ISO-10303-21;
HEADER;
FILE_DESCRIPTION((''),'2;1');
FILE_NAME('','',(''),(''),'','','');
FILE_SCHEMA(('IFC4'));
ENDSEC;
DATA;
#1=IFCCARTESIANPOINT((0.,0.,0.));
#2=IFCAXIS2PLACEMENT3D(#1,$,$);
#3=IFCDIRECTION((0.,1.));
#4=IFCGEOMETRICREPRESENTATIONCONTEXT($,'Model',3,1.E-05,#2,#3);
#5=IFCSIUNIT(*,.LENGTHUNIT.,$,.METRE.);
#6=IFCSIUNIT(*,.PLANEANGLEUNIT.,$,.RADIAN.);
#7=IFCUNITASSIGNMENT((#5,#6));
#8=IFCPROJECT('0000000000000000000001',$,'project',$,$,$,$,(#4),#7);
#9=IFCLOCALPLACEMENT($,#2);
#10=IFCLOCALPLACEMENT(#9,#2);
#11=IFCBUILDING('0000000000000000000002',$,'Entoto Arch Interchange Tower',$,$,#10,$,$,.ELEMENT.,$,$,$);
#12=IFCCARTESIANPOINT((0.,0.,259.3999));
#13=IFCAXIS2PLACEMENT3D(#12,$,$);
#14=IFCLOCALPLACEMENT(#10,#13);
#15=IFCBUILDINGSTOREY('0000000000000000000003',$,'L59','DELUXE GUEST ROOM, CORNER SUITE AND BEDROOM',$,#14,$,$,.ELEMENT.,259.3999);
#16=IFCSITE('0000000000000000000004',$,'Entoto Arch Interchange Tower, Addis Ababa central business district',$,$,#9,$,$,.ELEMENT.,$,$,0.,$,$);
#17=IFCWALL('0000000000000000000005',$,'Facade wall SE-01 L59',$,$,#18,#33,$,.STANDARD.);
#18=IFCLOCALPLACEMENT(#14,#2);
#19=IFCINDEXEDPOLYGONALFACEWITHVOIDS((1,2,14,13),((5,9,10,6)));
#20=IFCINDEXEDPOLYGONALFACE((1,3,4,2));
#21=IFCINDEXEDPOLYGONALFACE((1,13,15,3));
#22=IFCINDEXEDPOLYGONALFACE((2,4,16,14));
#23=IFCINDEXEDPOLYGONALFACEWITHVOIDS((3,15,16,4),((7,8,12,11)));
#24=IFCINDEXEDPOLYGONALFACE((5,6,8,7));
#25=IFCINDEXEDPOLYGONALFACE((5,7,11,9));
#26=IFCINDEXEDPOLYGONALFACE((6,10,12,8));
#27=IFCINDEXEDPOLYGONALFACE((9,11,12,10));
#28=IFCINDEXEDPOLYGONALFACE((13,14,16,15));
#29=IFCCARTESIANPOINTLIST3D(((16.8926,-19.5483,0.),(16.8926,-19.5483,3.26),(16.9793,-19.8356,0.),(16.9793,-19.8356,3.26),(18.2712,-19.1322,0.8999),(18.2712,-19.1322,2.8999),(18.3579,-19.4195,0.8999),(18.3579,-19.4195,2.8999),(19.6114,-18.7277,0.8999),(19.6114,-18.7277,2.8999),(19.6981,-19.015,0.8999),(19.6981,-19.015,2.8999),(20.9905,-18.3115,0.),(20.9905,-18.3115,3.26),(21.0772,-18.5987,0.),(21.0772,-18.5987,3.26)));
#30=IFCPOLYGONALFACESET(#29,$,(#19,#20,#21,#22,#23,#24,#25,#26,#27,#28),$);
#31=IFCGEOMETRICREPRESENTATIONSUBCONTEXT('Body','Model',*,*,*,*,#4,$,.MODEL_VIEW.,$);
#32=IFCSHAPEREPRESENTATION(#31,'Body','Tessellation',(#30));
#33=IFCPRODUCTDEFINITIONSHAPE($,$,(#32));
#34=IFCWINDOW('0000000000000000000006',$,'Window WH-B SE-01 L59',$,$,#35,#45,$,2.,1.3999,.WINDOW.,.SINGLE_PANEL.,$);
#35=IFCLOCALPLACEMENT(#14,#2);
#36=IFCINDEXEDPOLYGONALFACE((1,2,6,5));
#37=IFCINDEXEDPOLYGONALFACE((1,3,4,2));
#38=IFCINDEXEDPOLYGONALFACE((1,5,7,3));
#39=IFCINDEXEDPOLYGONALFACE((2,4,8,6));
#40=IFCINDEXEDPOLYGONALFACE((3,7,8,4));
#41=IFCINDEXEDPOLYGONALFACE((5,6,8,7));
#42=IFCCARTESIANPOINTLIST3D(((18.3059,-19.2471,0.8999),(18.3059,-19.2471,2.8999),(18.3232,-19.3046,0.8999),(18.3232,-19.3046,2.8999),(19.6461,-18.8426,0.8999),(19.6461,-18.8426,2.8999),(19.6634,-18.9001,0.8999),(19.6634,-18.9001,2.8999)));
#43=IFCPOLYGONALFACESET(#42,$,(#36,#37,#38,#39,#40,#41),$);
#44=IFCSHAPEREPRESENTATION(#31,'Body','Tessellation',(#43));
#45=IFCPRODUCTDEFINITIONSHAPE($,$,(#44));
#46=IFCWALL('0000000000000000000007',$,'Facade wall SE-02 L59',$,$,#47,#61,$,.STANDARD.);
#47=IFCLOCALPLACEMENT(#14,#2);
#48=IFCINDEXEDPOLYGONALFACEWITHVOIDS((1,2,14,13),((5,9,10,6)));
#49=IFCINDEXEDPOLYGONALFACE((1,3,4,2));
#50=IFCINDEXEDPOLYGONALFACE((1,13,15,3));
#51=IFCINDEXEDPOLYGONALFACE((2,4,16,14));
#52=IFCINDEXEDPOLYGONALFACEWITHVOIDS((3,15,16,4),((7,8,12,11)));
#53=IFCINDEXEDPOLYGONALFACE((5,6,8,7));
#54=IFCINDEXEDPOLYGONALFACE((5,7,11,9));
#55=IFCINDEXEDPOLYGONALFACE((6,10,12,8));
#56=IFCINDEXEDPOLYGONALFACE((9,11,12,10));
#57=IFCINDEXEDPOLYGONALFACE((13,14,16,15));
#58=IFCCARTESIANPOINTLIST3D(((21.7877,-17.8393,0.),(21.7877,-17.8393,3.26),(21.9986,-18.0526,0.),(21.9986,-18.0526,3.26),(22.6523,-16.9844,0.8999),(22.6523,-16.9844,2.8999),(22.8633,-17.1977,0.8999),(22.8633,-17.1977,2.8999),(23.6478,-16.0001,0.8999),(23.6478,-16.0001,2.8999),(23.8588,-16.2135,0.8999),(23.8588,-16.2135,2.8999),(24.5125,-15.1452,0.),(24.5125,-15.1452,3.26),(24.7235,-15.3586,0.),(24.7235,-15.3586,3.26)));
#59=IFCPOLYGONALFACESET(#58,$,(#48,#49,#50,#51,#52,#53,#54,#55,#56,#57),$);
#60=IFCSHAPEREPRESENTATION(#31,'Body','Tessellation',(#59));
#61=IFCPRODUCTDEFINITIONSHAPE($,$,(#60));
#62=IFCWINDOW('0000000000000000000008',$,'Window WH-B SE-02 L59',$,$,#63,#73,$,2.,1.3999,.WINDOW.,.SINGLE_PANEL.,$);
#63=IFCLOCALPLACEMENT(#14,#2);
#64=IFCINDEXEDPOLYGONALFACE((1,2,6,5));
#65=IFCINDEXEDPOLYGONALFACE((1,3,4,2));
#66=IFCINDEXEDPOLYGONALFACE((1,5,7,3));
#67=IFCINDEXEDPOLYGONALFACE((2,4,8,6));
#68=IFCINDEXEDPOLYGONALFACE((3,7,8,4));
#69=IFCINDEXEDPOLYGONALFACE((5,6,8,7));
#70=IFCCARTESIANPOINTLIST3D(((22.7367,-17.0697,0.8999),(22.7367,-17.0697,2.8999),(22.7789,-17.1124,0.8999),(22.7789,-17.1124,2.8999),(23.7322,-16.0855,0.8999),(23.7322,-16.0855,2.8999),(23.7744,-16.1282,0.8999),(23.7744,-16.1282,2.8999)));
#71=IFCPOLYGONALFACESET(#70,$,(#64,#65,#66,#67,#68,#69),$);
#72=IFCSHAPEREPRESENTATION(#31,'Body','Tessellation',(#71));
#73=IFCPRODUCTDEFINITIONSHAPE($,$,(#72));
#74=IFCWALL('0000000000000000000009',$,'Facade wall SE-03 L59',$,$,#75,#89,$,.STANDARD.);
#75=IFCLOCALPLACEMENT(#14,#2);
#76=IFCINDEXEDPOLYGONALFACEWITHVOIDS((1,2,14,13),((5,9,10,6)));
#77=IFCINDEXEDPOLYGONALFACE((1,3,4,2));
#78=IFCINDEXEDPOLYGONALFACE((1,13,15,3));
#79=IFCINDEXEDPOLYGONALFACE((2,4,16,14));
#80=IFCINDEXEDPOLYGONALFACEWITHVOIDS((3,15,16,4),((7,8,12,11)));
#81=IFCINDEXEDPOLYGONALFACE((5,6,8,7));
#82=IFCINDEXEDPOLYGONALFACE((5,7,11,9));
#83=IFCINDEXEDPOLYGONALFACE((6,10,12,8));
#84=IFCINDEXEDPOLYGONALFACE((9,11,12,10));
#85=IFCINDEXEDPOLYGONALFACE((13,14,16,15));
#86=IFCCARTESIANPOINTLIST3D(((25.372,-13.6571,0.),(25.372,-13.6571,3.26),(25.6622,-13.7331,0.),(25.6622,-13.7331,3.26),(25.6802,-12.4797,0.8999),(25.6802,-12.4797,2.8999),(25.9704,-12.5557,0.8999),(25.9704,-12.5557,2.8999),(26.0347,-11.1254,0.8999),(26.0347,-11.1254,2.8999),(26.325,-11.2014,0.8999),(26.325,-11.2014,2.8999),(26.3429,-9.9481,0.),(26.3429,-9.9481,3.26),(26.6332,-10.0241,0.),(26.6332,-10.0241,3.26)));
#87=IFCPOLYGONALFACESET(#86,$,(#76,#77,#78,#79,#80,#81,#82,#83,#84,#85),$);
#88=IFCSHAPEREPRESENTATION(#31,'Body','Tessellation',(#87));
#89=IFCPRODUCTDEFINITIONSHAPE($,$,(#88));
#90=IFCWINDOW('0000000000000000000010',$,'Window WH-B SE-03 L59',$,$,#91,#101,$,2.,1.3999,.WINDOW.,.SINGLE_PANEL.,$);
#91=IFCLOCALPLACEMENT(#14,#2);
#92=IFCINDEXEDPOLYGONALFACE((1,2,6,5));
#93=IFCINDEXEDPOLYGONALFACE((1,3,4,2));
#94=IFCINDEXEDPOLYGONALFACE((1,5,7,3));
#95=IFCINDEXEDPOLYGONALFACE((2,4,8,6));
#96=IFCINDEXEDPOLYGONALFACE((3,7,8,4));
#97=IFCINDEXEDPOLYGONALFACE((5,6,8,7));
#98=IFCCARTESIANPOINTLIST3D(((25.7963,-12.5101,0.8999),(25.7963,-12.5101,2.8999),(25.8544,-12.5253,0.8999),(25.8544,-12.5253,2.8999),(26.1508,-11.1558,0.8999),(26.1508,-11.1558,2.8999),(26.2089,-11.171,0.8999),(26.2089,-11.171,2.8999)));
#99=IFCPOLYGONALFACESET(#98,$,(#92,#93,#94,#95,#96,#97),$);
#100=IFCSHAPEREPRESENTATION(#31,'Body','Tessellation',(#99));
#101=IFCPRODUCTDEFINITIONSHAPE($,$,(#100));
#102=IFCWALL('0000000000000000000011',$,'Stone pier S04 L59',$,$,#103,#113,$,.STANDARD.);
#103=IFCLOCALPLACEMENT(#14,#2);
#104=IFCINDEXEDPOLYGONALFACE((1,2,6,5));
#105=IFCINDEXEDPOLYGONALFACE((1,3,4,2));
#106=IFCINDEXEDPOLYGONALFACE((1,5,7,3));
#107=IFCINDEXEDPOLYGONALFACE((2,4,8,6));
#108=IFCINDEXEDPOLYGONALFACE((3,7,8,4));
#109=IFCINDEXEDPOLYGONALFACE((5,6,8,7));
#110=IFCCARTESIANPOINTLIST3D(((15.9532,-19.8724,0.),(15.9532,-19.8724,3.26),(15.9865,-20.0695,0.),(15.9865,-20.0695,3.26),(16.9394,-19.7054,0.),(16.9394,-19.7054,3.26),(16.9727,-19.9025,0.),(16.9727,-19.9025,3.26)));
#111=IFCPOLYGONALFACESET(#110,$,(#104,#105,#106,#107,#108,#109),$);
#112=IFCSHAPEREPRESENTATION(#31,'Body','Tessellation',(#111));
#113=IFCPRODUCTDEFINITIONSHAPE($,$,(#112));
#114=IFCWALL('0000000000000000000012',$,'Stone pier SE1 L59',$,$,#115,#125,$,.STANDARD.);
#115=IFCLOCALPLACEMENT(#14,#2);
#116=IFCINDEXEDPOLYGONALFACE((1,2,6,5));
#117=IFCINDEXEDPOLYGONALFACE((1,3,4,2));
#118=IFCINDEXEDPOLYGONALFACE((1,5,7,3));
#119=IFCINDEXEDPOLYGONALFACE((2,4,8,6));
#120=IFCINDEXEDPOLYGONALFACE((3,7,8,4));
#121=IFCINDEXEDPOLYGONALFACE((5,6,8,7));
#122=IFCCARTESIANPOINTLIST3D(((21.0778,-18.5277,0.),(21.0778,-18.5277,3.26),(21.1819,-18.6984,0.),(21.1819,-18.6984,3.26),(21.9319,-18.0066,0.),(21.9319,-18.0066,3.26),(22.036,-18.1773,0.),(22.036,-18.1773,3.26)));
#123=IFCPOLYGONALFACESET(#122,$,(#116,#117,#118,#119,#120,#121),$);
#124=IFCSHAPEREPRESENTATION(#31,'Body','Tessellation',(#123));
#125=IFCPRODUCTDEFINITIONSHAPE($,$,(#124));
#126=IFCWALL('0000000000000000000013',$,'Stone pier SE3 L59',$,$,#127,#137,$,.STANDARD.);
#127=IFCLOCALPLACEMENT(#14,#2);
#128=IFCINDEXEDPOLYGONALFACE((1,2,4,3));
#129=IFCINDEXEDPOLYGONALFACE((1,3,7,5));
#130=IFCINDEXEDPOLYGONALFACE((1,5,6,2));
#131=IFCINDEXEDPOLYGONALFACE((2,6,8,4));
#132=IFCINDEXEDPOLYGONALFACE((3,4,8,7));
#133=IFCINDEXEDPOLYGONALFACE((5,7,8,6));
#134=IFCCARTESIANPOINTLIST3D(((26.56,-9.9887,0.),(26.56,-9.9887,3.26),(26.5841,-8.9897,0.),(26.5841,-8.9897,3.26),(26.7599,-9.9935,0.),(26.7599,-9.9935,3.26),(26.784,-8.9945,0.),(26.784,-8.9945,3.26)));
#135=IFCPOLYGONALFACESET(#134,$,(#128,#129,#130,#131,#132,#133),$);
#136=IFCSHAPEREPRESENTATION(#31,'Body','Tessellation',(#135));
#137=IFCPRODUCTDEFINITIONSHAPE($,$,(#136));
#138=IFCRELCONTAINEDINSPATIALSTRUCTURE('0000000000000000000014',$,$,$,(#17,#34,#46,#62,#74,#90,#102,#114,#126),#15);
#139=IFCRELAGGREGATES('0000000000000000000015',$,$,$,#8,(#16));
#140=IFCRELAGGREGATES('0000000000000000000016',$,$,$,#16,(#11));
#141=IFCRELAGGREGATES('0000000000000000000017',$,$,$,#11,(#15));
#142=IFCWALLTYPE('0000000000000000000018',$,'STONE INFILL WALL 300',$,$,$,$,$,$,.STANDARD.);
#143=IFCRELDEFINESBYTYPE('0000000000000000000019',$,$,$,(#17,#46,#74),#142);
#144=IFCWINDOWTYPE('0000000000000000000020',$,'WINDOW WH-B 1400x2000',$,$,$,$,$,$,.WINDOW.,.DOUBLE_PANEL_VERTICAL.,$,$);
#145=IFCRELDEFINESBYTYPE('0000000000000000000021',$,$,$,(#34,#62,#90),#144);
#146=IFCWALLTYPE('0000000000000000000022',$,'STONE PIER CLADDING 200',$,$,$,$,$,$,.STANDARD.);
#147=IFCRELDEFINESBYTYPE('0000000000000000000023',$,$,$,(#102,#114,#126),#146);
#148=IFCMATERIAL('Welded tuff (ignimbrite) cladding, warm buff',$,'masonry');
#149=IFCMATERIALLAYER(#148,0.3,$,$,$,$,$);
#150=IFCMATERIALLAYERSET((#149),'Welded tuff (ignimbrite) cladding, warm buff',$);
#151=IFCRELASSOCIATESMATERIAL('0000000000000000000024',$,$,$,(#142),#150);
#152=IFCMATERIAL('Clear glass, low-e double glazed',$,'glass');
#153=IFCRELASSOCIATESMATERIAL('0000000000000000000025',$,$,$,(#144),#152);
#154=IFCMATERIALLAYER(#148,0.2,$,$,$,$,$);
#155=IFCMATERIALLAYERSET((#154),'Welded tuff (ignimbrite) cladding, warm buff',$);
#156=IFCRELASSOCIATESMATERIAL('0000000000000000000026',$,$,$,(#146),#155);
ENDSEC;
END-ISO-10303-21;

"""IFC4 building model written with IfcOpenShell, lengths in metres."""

from ifc_helpers import new_model, si_unit, direction, frame, frame_2d, origin, place, context, subcontext, project, spatial, rectangle, extrude, material, layer, layer_set, type_object, element, fill, save


model = new_model("IFC4")

# Units and contexts
model_context = context("Model", 3, precision=1e-05, world=origin(), true_north=direction((0.0, 1.0)))
body_context = subcontext(model_context, "Body", "Model", "MODEL_VIEW")
ifc_project = project(units=[si_unit("LENGTHUNIT", "METRE"), si_unit("PLANEANGLEUNIT", "RADIAN")], contexts=[model_context])

# Site, building, storey
site_placement = place(None, origin())
site = spatial("IfcSite", under=ifc_project, at=site_placement, Name="Entoto Arch Interchange Tower, Addis Ababa central business district", CompositionType="ELEMENT", RefElevation=0.0)
building_placement = place(site_placement, origin())
building = spatial("IfcBuilding", under=site, at=building_placement, Name="Entoto Arch Interchange Tower", CompositionType="ELEMENT")
storey_placement = place(building_placement, frame((0.0, 0.0, 259.3999)))
storey = spatial("IfcBuildingStorey", under=building, at=storey_placement, Name="L59", Description="DELUXE GUEST ROOM, CORNER SUITE AND BEDROOM", CompositionType="ELEMENT", Elevation=259.3999)

# Walls, openings, windows
ifc_material_1 = material(Name="Welded tuff (ignimbrite) cladding, warm buff", Category="masonry")
ifc_layer_1 = layer(ifc_material_1, 0.3)
ifc_layer_set_1 = layer_set([ifc_layer_1], Name="Welded tuff (ignimbrite) cladding, warm buff")
wall_type_1 = type_object("IfcWallType", Name="STONE INFILL WALL 300", PredefinedType="STANDARD", material=ifc_layer_set_1)
wall_1_placement = place(storey_placement, frame((16.936, -19.6919, 0.0), z_axis=(0.0, 0.0, 1.0), x_axis=(0.957346, 0.288943, 0.0)))
wall_1 = element("IfcWall", 1, at=wall_1_placement, inside=storey, type_object=wall_type_1, Name="Facade wall SE-01 L59", PredefinedType="STANDARD", context=body_context, shape_type="SweptSolid", body=[
    extrude(rectangle(XDim=4.2805, YDim=0.3, at=frame_2d((2.1401, 0.0))), origin(), (0.0, 0.0, 1.0), 3.26),
])
opening_1_placement = place(wall_1_placement, frame((1.4399, 0.0, 0.8999)))
opening_1 = element("IfcOpeningElement", 2, at=opening_1_placement, cuts=wall_1, PredefinedType="OPENING", context=body_context, shape_type="SweptSolid", body=[
    extrude(rectangle(XDim=1.3999, YDim=2.0, at=frame_2d((0.7, 1.0))), frame((0.0, 0.1602, 0.0), z_axis=(0.0, -1.0, 0.0), x_axis=(1.0, 0.0, 0.0)), (0.0, 0.0, 1.0), 0.3201),
])
ifc_material_2 = material(Name="Clear glass, low-e double glazed", Category="glass")
window_type = type_object("IfcWindowType", Name="WINDOW WH-B 1400x2000", PartitioningType="DOUBLE_PANEL_VERTICAL", PredefinedType="WINDOW", material=ifc_material_2)
window_1_placement = place(opening_1_placement, origin())
window_1 = element("IfcWindow", 3, at=window_1_placement, inside=storey, type_object=window_type, Name="Window WH-B SE-01 L59", OverallHeight=2.0, OverallWidth=1.3999, PartitioningType="SINGLE_PANEL", PredefinedType="WINDOW", context=body_context, shape_type="SweptSolid", body=[
    extrude(rectangle(XDim=1.3999, YDim=2.0, at=frame_2d((0.7, 1.0))), frame((0.0, 0.03, 0.0), z_axis=(0.0, -1.0, 0.0), x_axis=(1.0, 0.0, 0.0)), (0.0, 0.0, 1.0), 0.0601),
])
fill(opening_1, window_1)
wall_2_placement = place(storey_placement, frame((21.8931, -17.946, 0.0), z_axis=(0.0, 0.0, 1.0), x_axis=(0.711109, 0.703081, 0.0)))
wall_2 = element("IfcWall", 4, at=wall_2_placement, inside=storey, type_object=wall_type_1, Name="Facade wall SE-02 L59", PredefinedType="STANDARD", context=body_context, shape_type="SweptSolid", body=[
    extrude(rectangle(XDim=3.8318, YDim=0.3, at=frame_2d((1.916, 0.0))), origin(), (0.0, 0.0, 1.0), 3.26),
])
opening_2_placement = place(wall_2_placement, frame((1.2161, 0.0, 0.8999)))
opening_2 = element("IfcOpeningElement", 5, at=opening_2_placement, cuts=wall_2, PredefinedType="OPENING", context=body_context, shape_type="SweptSolid", body=[
    extrude(rectangle(XDim=1.3999, YDim=2.0, at=frame_2d((0.7, 1.0))), frame((0.0, 0.1602, 0.0), z_axis=(0.0, -1.0, 0.0), x_axis=(1.0, 0.0, 0.0)), (0.0, 0.0, 1.0), 0.3201),
])
window_2_placement = place(opening_2_placement, origin())
window_2 = element("IfcWindow", 6, at=window_2_placement, inside=storey, type_object=window_type, Name="Window WH-B SE-02 L59", OverallHeight=2.0, OverallWidth=1.3999, PartitioningType="SINGLE_PANEL", PredefinedType="WINDOW", context=body_context, shape_type="SweptSolid", body=[
    extrude(rectangle(XDim=1.3999, YDim=2.0, at=frame_2d((0.7, 1.0))), frame((0.0, 0.03, 0.0), z_axis=(0.0, -1.0, 0.0), x_axis=(1.0, 0.0, 0.0)), (0.0, 0.0, 1.0), 0.0601),
])
fill(opening_2, window_2)
wall_3_placement = place(storey_placement, frame((25.5171, -13.6951, 0.0), z_axis=(0.0, 0.0, 1.0), x_axis=(0.253249, 0.967401, 0.0)))
wall_3 = element("IfcWall", 7, at=wall_3_placement, inside=storey, type_object=wall_type_1, Name="Facade wall SE-03 L59", PredefinedType="STANDARD", context=body_context, shape_type="SweptSolid", body=[
    extrude(rectangle(XDim=3.834, YDim=0.3, at=frame_2d((1.917, 0.0))), origin(), (0.0, 0.0, 1.0), 3.26),
])
opening_3_placement = place(wall_3_placement, frame((1.217, 0.0, 0.8999)))
opening_3 = element("IfcOpeningElement", 8, at=opening_3_placement, cuts=wall_3, PredefinedType="OPENING", context=body_context, shape_type="SweptSolid", body=[
    extrude(rectangle(XDim=1.3999, YDim=2.0, at=frame_2d((0.7, 1.0))), frame((0.0, 0.1602, 0.0), z_axis=(0.0, -1.0, 0.0), x_axis=(1.0, 0.0, 0.0)), (0.0, 0.0, 1.0), 0.3201),
])
window_3_placement = place(opening_3_placement, origin())
window_3 = element("IfcWindow", 9, at=window_3_placement, inside=storey, type_object=window_type, Name="Window WH-B SE-03 L59", OverallHeight=2.0, OverallWidth=1.3999, PartitioningType="SINGLE_PANEL", PredefinedType="WINDOW", context=body_context, shape_type="SweptSolid", body=[
    extrude(rectangle(XDim=1.3999, YDim=2.0, at=frame_2d((0.7, 1.0))), frame((0.0, 0.03, 0.0), z_axis=(0.0, -1.0, 0.0), x_axis=(1.0, 0.0, 0.0)), (0.0, 0.0, 1.0), 0.0601),
])
fill(opening_3, window_3)

# Walls
ifc_layer_2 = layer(ifc_material_1, 0.2)
ifc_layer_set_2 = layer_set([ifc_layer_2], Name="Welded tuff (ignimbrite) cladding, warm buff")
wall_type_2 = type_object("IfcWallType", Name="STONE PIER CLADDING 200", PredefinedType="STANDARD", material=ifc_layer_set_2)
wall_4_placement = place(storey_placement, frame((15.97, -19.9709, 0.0), z_axis=(0.0, 0.0, 1.0), x_axis=(0.985962, 0.166971, 0.0)))
element("IfcWall", 10, at=wall_4_placement, inside=storey, type_object=wall_type_2, Name="Stone pier S04 L59", PredefinedType="STANDARD", context=body_context, shape_type="SweptSolid", body=[
    extrude(rectangle(XDim=1.0002, YDim=0.2, at=frame_2d((0.5, 0.0))), origin(), (0.0, 0.0, 1.0), 3.26),
])
wall_5_placement = place(storey_placement, frame((21.1299, -18.613, 0.0), z_axis=(0.0, 0.0, 1.0), x_axis=(0.85368, 0.520798, 0.0)))
element("IfcWall", 11, at=wall_5_placement, inside=storey, type_object=wall_type_2, Name="Stone pier SE1 L59", PredefinedType="STANDARD", context=body_context, shape_type="SweptSolid", body=[
    extrude(rectangle(XDim=1.0005, YDim=0.2, at=frame_2d((0.5002, 0.0))), origin(), (0.0, 0.0, 1.0), 3.26),
])
wall_6_placement = place(storey_placement, frame((26.6599, -9.991, 0.0), z_axis=(0.0, 0.0, 1.0), x_axis=(0.024186, 0.999707, 0.0)))
element("IfcWall", 12, at=wall_6_placement, inside=storey, type_object=wall_type_2, Name="Stone pier SE3 L59", PredefinedType="STANDARD", context=body_context, shape_type="SweptSolid", body=[
    extrude(rectangle(XDim=0.9993, YDim=0.2, at=frame_2d((0.4995, 0.0))), origin(), (0.0, 0.0, 1.0), 3.26),
])

save(model, "model.ifc")
